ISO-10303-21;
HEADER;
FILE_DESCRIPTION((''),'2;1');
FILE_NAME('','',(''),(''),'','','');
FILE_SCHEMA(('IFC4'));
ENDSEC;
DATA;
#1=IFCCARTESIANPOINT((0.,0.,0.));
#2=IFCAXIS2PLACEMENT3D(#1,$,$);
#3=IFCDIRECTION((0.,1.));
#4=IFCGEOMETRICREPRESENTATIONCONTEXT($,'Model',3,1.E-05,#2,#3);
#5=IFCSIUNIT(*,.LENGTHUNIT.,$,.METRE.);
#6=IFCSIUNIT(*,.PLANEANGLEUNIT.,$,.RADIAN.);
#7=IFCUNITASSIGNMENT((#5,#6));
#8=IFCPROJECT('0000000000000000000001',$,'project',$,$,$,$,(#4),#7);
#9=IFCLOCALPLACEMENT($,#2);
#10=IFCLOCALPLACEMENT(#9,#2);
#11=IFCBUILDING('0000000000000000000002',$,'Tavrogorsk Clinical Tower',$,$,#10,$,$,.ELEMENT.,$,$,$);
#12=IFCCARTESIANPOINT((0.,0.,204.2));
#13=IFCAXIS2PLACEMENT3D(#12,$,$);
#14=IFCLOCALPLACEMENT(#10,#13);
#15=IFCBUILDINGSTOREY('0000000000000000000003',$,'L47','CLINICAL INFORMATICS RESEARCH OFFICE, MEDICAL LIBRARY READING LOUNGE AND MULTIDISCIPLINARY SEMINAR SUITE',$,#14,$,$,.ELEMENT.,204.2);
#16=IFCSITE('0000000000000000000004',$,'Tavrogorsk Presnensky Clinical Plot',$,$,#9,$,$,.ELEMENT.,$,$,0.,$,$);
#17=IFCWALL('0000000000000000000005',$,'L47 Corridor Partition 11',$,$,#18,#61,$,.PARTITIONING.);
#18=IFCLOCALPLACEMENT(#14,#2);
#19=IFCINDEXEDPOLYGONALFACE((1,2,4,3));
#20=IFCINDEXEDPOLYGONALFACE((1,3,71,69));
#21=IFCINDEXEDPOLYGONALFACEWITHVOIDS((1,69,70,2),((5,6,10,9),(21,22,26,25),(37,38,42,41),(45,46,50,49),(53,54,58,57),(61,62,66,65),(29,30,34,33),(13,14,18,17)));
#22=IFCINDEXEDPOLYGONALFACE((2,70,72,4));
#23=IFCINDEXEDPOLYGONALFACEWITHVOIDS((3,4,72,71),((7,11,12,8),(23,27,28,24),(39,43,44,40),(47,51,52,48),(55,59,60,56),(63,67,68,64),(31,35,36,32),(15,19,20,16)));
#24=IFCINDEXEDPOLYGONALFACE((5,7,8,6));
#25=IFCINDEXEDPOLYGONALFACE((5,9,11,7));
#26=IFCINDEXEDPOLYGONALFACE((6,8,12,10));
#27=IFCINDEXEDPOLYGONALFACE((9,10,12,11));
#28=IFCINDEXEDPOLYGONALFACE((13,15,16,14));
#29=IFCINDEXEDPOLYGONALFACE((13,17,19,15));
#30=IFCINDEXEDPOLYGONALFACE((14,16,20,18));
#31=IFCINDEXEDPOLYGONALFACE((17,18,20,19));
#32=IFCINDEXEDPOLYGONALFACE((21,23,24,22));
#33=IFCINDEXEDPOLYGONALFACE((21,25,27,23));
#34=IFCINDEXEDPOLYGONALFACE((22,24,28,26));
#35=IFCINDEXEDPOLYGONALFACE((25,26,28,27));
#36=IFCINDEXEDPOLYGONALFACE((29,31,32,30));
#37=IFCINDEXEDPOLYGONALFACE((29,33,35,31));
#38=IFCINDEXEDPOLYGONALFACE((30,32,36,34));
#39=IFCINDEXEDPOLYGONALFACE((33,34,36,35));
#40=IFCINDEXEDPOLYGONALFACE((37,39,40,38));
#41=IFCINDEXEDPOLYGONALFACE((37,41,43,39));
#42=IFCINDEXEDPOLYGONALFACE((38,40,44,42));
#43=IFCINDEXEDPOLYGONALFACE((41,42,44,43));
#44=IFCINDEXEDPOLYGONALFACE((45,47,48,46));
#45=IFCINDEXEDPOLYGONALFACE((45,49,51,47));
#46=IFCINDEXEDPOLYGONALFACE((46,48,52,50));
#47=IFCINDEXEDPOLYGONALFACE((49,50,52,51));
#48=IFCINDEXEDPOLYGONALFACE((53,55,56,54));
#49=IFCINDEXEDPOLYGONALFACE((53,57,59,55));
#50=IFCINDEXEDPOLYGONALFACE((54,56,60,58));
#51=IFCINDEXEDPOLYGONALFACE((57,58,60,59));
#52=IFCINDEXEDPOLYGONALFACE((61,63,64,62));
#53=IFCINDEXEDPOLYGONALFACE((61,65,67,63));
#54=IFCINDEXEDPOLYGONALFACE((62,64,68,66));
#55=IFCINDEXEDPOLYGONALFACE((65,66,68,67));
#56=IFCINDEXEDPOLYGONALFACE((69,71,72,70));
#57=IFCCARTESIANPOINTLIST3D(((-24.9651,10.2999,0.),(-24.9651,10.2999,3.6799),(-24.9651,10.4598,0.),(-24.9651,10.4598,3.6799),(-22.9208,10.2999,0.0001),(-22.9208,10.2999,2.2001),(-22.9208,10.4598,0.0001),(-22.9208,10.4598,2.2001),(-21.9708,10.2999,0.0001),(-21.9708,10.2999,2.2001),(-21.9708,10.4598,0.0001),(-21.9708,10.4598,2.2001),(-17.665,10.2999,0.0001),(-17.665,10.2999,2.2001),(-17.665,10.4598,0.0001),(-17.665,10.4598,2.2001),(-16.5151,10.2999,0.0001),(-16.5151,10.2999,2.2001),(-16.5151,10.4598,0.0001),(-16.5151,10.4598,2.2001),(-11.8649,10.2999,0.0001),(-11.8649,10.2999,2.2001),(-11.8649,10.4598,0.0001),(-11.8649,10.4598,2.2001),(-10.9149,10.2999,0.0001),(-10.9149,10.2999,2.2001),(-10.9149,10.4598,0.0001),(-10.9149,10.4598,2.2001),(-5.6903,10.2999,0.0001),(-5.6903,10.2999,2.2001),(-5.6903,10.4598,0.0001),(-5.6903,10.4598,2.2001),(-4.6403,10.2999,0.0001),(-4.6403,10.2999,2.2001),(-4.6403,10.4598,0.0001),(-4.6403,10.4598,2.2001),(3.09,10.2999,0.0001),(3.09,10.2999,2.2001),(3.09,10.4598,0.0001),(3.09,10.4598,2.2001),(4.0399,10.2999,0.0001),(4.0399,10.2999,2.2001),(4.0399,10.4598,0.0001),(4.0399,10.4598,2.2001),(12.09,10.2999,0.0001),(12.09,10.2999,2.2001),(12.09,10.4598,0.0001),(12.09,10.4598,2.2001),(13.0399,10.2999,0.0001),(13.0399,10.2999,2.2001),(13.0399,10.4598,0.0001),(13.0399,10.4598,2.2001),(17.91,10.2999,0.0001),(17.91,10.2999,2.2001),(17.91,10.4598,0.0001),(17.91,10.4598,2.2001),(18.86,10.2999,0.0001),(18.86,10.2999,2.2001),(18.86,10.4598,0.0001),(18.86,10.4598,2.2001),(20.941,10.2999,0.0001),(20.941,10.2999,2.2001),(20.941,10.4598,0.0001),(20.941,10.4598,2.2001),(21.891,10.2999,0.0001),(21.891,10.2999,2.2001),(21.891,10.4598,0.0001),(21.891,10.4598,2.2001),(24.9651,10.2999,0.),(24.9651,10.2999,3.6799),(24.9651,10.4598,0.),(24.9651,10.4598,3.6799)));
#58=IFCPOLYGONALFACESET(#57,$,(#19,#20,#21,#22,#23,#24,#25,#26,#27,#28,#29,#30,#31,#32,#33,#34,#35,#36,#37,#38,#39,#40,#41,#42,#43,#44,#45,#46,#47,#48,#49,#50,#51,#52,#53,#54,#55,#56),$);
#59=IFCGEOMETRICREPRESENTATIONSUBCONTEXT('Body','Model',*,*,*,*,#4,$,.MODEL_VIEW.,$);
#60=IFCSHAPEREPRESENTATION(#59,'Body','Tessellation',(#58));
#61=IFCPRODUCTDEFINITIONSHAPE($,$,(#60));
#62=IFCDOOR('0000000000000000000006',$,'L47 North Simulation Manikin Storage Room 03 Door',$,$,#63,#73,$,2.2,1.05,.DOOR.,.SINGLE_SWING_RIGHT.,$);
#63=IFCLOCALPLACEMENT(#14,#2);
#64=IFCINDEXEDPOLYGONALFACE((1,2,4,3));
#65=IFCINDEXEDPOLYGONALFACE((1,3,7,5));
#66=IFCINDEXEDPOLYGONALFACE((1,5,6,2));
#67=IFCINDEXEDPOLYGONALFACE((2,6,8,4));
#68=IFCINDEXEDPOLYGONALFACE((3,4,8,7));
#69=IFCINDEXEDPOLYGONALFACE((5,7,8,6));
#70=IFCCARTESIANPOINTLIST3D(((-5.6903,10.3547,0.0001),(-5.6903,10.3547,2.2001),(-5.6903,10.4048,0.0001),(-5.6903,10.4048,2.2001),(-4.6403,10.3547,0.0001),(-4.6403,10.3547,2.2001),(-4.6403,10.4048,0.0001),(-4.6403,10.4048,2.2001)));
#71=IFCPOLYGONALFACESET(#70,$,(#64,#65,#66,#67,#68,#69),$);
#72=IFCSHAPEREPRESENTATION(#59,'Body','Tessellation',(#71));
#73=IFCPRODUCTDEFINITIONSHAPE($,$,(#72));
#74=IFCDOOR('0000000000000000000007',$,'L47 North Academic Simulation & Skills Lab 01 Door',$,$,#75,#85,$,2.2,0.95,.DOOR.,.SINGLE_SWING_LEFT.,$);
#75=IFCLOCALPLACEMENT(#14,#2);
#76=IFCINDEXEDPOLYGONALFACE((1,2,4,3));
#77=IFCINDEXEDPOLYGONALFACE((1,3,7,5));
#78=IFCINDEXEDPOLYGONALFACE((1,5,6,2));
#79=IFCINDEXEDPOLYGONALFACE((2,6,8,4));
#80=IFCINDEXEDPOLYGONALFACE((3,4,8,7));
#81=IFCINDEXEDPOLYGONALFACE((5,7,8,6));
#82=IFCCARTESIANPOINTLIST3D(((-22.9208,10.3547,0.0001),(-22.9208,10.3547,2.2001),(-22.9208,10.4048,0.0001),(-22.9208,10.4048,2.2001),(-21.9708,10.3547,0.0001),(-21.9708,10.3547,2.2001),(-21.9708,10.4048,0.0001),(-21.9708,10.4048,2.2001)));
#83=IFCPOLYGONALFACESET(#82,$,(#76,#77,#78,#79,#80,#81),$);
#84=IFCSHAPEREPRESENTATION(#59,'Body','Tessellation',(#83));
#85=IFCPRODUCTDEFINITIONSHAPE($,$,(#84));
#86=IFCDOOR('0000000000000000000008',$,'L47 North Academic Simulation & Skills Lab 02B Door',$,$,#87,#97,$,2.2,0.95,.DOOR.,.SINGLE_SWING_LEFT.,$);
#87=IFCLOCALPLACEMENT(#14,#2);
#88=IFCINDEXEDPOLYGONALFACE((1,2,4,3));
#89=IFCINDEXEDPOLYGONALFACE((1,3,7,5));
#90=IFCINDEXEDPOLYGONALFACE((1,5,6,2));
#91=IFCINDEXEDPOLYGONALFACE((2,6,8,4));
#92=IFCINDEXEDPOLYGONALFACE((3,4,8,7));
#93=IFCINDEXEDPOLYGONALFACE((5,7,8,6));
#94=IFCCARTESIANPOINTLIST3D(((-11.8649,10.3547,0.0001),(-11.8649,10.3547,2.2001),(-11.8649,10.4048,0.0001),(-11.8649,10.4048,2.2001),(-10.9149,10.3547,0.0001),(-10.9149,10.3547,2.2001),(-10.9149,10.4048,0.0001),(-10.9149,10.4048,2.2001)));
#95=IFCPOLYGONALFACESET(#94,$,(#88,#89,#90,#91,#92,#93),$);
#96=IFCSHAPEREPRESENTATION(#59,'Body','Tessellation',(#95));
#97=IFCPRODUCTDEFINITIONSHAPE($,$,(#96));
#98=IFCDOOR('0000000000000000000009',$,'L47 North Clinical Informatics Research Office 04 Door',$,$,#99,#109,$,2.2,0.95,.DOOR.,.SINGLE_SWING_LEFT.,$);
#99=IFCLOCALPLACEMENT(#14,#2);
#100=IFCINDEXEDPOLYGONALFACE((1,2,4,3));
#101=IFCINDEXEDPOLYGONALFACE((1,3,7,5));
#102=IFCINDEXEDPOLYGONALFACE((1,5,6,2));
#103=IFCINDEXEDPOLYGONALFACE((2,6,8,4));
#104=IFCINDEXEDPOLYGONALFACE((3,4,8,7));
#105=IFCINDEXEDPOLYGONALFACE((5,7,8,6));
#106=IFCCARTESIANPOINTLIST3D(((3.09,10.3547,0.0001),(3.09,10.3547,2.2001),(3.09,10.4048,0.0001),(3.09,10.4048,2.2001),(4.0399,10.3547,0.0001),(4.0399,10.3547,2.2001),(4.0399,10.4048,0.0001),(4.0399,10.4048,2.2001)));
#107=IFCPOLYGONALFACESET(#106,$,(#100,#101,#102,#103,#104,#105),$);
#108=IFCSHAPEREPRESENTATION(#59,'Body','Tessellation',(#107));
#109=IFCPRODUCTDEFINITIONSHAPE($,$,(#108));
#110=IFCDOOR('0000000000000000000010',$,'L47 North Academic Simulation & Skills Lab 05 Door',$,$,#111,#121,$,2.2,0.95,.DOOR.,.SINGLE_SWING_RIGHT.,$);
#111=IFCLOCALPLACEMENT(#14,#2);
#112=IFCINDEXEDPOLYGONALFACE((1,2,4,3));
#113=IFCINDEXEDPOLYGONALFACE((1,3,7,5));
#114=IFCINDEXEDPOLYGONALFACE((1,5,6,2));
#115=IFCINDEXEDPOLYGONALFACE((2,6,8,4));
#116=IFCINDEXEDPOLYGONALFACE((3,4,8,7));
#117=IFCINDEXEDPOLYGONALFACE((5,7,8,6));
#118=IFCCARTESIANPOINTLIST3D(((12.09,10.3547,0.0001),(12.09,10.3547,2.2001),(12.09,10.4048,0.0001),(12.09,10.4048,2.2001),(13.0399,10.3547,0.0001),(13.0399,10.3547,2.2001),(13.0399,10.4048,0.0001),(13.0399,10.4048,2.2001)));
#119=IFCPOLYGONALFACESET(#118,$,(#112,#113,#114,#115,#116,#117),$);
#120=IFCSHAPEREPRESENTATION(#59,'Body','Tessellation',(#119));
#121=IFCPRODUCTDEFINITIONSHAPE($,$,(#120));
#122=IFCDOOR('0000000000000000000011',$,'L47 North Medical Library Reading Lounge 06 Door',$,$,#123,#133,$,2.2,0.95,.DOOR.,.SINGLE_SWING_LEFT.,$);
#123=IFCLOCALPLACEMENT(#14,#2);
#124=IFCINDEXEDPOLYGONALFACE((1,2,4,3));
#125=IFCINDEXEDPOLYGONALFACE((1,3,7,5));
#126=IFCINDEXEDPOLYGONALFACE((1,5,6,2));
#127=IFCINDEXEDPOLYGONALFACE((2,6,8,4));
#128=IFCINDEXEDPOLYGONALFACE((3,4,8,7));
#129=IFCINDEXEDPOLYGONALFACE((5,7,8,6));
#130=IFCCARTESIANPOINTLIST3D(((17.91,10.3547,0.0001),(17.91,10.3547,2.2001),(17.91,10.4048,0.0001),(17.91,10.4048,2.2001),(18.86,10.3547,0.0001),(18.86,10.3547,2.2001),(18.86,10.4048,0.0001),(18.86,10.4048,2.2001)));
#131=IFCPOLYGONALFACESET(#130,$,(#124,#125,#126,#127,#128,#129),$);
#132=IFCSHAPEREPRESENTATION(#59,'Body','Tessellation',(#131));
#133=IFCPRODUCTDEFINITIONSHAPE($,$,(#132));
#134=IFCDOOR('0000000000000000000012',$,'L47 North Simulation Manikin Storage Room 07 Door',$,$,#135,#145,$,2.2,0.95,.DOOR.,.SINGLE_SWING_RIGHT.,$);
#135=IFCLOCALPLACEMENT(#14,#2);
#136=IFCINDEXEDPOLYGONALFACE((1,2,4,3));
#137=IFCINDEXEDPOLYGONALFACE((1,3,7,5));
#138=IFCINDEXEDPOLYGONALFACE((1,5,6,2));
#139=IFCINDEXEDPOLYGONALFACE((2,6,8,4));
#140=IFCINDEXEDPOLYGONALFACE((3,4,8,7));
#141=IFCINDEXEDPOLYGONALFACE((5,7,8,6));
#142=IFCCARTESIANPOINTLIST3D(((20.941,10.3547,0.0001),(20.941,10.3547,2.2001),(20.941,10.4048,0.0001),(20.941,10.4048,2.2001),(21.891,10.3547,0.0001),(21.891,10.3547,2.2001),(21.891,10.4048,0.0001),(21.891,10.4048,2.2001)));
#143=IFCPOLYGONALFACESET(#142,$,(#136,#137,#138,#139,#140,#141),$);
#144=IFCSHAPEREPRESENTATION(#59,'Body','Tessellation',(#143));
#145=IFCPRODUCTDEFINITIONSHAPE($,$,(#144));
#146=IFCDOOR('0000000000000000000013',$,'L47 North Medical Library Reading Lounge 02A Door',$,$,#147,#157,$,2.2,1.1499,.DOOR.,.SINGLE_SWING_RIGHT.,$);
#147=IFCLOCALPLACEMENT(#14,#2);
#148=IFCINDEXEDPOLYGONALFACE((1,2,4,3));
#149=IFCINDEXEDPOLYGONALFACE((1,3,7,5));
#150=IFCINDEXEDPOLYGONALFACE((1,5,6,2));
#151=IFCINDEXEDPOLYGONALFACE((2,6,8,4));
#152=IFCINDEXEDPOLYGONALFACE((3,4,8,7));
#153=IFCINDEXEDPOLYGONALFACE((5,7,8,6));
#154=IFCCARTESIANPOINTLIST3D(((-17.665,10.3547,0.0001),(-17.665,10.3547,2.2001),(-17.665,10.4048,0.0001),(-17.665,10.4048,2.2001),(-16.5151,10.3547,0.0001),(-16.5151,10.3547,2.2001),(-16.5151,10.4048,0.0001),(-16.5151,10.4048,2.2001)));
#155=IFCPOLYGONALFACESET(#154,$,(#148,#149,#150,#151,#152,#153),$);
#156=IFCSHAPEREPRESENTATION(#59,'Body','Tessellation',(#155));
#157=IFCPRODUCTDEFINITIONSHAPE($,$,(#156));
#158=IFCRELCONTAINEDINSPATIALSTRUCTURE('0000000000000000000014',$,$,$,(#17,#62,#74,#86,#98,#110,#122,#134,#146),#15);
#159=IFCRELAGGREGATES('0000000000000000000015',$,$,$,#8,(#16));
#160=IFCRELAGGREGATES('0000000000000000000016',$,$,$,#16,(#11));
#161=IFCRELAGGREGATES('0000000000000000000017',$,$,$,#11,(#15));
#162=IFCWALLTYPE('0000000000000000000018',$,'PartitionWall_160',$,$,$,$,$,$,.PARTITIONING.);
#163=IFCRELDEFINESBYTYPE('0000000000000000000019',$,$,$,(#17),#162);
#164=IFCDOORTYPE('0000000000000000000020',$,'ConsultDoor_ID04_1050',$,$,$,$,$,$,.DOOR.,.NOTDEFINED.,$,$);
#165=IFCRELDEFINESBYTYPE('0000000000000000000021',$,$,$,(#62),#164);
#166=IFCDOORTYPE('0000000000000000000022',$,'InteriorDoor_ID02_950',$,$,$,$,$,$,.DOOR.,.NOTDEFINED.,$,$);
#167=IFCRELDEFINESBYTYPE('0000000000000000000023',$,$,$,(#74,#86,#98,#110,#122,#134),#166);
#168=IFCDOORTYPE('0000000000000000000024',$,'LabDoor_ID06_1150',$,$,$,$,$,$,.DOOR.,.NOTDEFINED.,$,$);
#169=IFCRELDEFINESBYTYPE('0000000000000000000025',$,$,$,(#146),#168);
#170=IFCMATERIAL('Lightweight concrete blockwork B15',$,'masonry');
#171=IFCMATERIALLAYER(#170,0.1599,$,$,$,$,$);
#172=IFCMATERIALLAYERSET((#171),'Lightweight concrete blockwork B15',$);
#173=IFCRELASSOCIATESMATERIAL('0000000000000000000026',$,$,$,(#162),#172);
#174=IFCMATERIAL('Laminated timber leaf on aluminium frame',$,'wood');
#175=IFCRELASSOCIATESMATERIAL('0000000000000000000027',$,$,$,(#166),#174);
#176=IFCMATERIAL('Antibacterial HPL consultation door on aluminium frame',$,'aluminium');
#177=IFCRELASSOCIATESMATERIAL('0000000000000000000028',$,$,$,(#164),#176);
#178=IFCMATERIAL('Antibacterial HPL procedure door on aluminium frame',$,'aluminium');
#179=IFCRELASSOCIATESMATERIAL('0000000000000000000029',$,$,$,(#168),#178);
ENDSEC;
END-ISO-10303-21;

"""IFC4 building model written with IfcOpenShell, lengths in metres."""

from ifc_helpers import new_model, si_unit, direction, frame, frame_2d, origin, place, context, subcontext, project, spatial, rectangle, extrude, material, layer, layer_set, type_object, element, fill, save


model = new_model("IFC4")

# Units and contexts
model_context = context("Model", 3, precision=1e-05, world=origin(), true_north=direction((0.0, 1.0)))
body_context = subcontext(model_context, "Body", "Model", "MODEL_VIEW")
ifc_project = project(units=[si_unit("LENGTHUNIT", "METRE"), si_unit("PLANEANGLEUNIT", "RADIAN")], contexts=[model_context])

# Site, building, storey
site_placement = place(None, origin())
site = spatial("IfcSite", under=ifc_project, at=site_placement, Name="Tavrogorsk Presnensky Clinical Plot", CompositionType="ELEMENT", RefElevation=0.0)
building_placement = place(site_placement, origin())
building = spatial("IfcBuilding", under=site, at=building_placement, Name="Tavrogorsk Clinical Tower", CompositionType="ELEMENT")
storey_placement = place(building_placement, frame((0.0, 0.0, 204.2)))
storey = spatial("IfcBuildingStorey", under=building, at=storey_placement, Name="L47", Description="CLINICAL INFORMATICS RESEARCH OFFICE, MEDICAL LIBRARY READING LOUNGE AND MULTIDISCIPLINARY SEMINAR SUITE", CompositionType="ELEMENT", Elevation=204.2)

# Shared definitions
ifc_material_1 = material(Name="Lightweight concrete blockwork B15", Category="masonry")
ifc_layer_1 = layer(ifc_material_1, 0.1599)
ifc_layer_set_1 = layer_set([ifc_layer_1], Name="Lightweight concrete blockwork B15")
wall_type_1 = type_object("IfcWallType", Name="PartitionWall_160", PredefinedType="PARTITIONING", material=ifc_layer_set_1)

# Shared definitions
ifc_material_2 = material(Name="Laminated timber leaf on aluminium frame", Category="wood")
door_type_1 = type_object("IfcDoorType", Name="InteriorDoor_ID02_950", OperationType="NOTDEFINED", PredefinedType="DOOR", material=ifc_material_2)

# Wall, openings, doors
wall_1_placement = place(storey_placement, frame((-24.9651, 10.3799, 0.0), z_axis=(0.0, 0.0, 1.0), x_axis=(1.0, 0.0, 0.0)))
wall_1 = element("IfcWall", 1, at=wall_1_placement, inside=storey, type_object=wall_type_1, Name="L47 Corridor Partition 11", PredefinedType="PARTITIONING", context=body_context, shape_type="SweptSolid", body=[
    extrude(rectangle(XDim=49.9302, YDim=0.1599, at=frame_2d((24.9651, 0.0))), origin(), (0.0, 0.0, 1.0), 3.6799),
])
opening_1_placement = place(wall_1_placement, frame((2.0442, 0.0, 0.0)))
opening_1 = element("IfcOpeningElement", 2, at=opening_1_placement, cuts=wall_1, PredefinedType="OPENING", context=body_context, shape_type="SweptSolid", body=[
    extrude(rectangle(XDim=0.95, YDim=2.2, at=frame_2d((0.4751, 1.1001))), frame((0.0, 0.0898, 0.0), z_axis=(0.0, -1.0, 0.0), x_axis=(1.0, 0.0, 0.0)), (0.0, 0.0, 1.0), 0.1799),
])
opening_2_placement = place(wall_1_placement, frame((7.3, 0.0, 0.0)))
opening_2 = element("IfcOpeningElement", 3, at=opening_2_placement, cuts=wall_1, PredefinedType="OPENING", context=body_context, shape_type="SweptSolid", body=[
    extrude(rectangle(XDim=1.1499, YDim=2.2, at=frame_2d((0.575, 1.1001))), frame((0.0, 0.0898, 0.0), z_axis=(0.0, -1.0, 0.0), x_axis=(1.0, 0.0, 0.0)), (0.0, 0.0, 1.0), 0.1799),
])
opening_3_placement = place(wall_1_placement, frame((13.1001, 0.0, 0.0)))
opening_3 = element("IfcOpeningElement", 4, at=opening_3_placement, cuts=wall_1, PredefinedType="OPENING", context=body_context, shape_type="SweptSolid", body=[
    extrude(rectangle(XDim=0.95, YDim=2.2, at=frame_2d((0.4751, 1.1001))), frame((0.0, 0.0898, 0.0), z_axis=(0.0, -1.0, 0.0), x_axis=(1.0, 0.0, 0.0)), (0.0, 0.0, 1.0), 0.1799),
])
opening_4_placement = place(wall_1_placement, frame((19.2749, 0.0, 0.0)))
opening_4 = element("IfcOpeningElement", 5, at=opening_4_placement, cuts=wall_1, PredefinedType="OPENING", context=body_context, shape_type="SweptSolid", body=[
    extrude(rectangle(XDim=1.05, YDim=2.2, at=frame_2d((0.5249, 1.1001))), frame((0.0, 0.0898, 0.0), z_axis=(0.0, -1.0, 0.0), x_axis=(1.0, 0.0, 0.0)), (0.0, 0.0, 1.0), 0.1799),
])
opening_5_placement = place(wall_1_placement, frame((28.0549, 0.0, 0.0)))
opening_5 = element("IfcOpeningElement", 6, at=opening_5_placement, cuts=wall_1, PredefinedType="OPENING", context=body_context, shape_type="SweptSolid", body=[
    extrude(rectangle(XDim=0.95, YDim=2.2, at=frame_2d((0.4751, 1.1001))), frame((0.0, 0.0898, 0.0), z_axis=(0.0, -1.0, 0.0), x_axis=(1.0, 0.0, 0.0)), (0.0, 0.0, 1.0), 0.1799),
])
opening_6_placement = place(wall_1_placement, frame((37.0549, 0.0, 0.0)))
opening_6 = element("IfcOpeningElement", 7, at=opening_6_placement, cuts=wall_1, PredefinedType="OPENING", context=body_context, shape_type="SweptSolid", body=[
    extrude(rectangle(XDim=0.95, YDim=2.2, at=frame_2d((0.4751, 1.1001))), frame((0.0, 0.0898, 0.0), z_axis=(0.0, -1.0, 0.0), x_axis=(1.0, 0.0, 0.0)), (0.0, 0.0, 1.0), 0.1799),
])
opening_7_placement = place(wall_1_placement, frame((42.875, 0.0, 0.0)))
opening_7 = element("IfcOpeningElement", 8, at=opening_7_placement, cuts=wall_1, PredefinedType="OPENING", context=body_context, shape_type="SweptSolid", body=[
    extrude(rectangle(XDim=0.95, YDim=2.2, at=frame_2d((0.4751, 1.1001))), frame((0.0, 0.0898, 0.0), z_axis=(0.0, -1.0, 0.0), x_axis=(1.0, 0.0, 0.0)), (0.0, 0.0, 1.0), 0.1799),
])
opening_8_placement = place(wall_1_placement, frame((45.906, 0.0, 0.0)))
opening_8 = element("IfcOpeningElement", 9, at=opening_8_placement, cuts=wall_1, PredefinedType="OPENING", context=body_context, shape_type="SweptSolid", body=[
    extrude(rectangle(XDim=0.95, YDim=2.2, at=frame_2d((0.4751, 1.1001))), frame((0.0, 0.0898, 0.0), z_axis=(0.0, -1.0, 0.0), x_axis=(1.0, 0.0, 0.0)), (0.0, 0.0, 1.0), 0.1799),
])
ifc_material_3 = material(Name="Antibacterial HPL consultation door on aluminium frame", Category="aluminium")
door_type_2 = type_object("IfcDoorType", Name="ConsultDoor_ID04_1050", OperationType="NOTDEFINED", PredefinedType="DOOR", material=ifc_material_3)
door_1_placement = place(opening_4_placement, origin())
door_1 = element("IfcDoor", 10, at=door_1_placement, inside=storey, type_object=door_type_2, Name="L47 North Simulation Manikin Storage Room 03 Door", OperationType="SINGLE_SWING_RIGHT", OverallHeight=2.2, OverallWidth=1.05, PredefinedType="DOOR", context=body_context, shape_type="SweptSolid", body=[
    extrude(rectangle(XDim=1.05, YDim=2.2, at=frame_2d((0.5249, 1.1001))), frame((0.0, 0.0249, 0.0), z_axis=(0.0, -1.0, 0.0), x_axis=(1.0, 0.0, 0.0)), (0.0, 0.0, 1.0), 0.05),
])
fill(opening_4, door_1)
door_2_placement = place(opening_1_placement, origin())
door_2 = element("IfcDoor", 11, at=door_2_placement, inside=storey, type_object=door_type_1, Name="L47 North Academic Simulation & Skills Lab 01 Door", OperationType="SINGLE_SWING_LEFT", OverallHeight=2.2, OverallWidth=0.95, PredefinedType="DOOR", context=body_context, shape_type="SweptSolid", body=[
    extrude(rectangle(XDim=0.95, YDim=2.2, at=frame_2d((0.4751, 1.1001))), frame((0.0, 0.0249, 0.0), z_axis=(0.0, -1.0, 0.0), x_axis=(1.0, 0.0, 0.0)), (0.0, 0.0, 1.0), 0.05),
])
fill(opening_1, door_2)
door_3_placement = place(opening_3_placement, origin())
door_3 = element("IfcDoor", 12, at=door_3_placement, inside=storey, type_object=door_type_1, Name="L47 North Academic Simulation & Skills Lab 02B Door", OperationType="SINGLE_SWING_LEFT", OverallHeight=2.2, OverallWidth=0.95, PredefinedType="DOOR", context=body_context, shape_type="SweptSolid", body=[
    extrude(rectangle(XDim=0.95, YDim=2.2, at=frame_2d((0.4751, 1.1001))), frame((0.0, 0.0249, 0.0), z_axis=(0.0, -1.0, 0.0), x_axis=(1.0, 0.0, 0.0)), (0.0, 0.0, 1.0), 0.05),
])
fill(opening_3, door_3)
door_4_placement = place(opening_5_placement, origin())
door_4 = element("IfcDoor", 13, at=door_4_placement, inside=storey, type_object=door_type_1, Name="L47 North Clinical Informatics Research Office 04 Door", OperationType="SINGLE_SWING_LEFT", OverallHeight=2.2, OverallWidth=0.95, PredefinedType="DOOR", context=body_context, shape_type="SweptSolid", body=[
    extrude(rectangle(XDim=0.95, YDim=2.2, at=frame_2d((0.4751, 1.1001))), frame((0.0, 0.0249, 0.0), z_axis=(0.0, -1.0, 0.0), x_axis=(1.0, 0.0, 0.0)), (0.0, 0.0, 1.0), 0.05),
])
fill(opening_5, door_4)
door_5_placement = place(opening_6_placement, origin())
door_5 = element("IfcDoor", 14, at=door_5_placement, inside=storey, type_object=door_type_1, Name="L47 North Academic Simulation & Skills Lab 05 Door", OperationType="SINGLE_SWING_RIGHT", OverallHeight=2.2, OverallWidth=0.95, PredefinedType="DOOR", context=body_context, shape_type="SweptSolid", body=[
    extrude(rectangle(XDim=0.95, YDim=2.2, at=frame_2d((0.4751, 1.1001))), frame((0.0, 0.0249, 0.0), z_axis=(0.0, -1.0, 0.0), x_axis=(1.0, 0.0, 0.0)), (0.0, 0.0, 1.0), 0.05),
])
fill(opening_6, door_5)
door_6_placement = place(opening_7_placement, origin())
door_6 = element("IfcDoor", 15, at=door_6_placement, inside=storey, type_object=door_type_1, Name="L47 North Medical Library Reading Lounge 06 Door", OperationType="SINGLE_SWING_LEFT", OverallHeight=2.2, OverallWidth=0.95, PredefinedType="DOOR", context=body_context, shape_type="SweptSolid", body=[
    extrude(rectangle(XDim=0.95, YDim=2.2, at=frame_2d((0.4751, 1.1001))), frame((0.0, 0.0249, 0.0), z_axis=(0.0, -1.0, 0.0), x_axis=(1.0, 0.0, 0.0)), (0.0, 0.0, 1.0), 0.05),
])
fill(opening_7, door_6)
door_7_placement = place(opening_8_placement, origin())
door_7 = element("IfcDoor", 16, at=door_7_placement, inside=storey, type_object=door_type_1, Name="L47 North Simulation Manikin Storage Room 07 Door", OperationType="SINGLE_SWING_RIGHT", OverallHeight=2.2, OverallWidth=0.95, PredefinedType="DOOR", context=body_context, shape_type="SweptSolid", body=[
    extrude(rectangle(XDim=0.95, YDim=2.2, at=frame_2d((0.4751, 1.1001))), frame((0.0, 0.0249, 0.0), z_axis=(0.0, -1.0, 0.0), x_axis=(1.0, 0.0, 0.0)), (0.0, 0.0, 1.0), 0.05),
])
fill(opening_8, door_7)
ifc_material_4 = material(Name="Antibacterial HPL procedure door on aluminium frame", Category="aluminium")
door_type_3 = type_object("IfcDoorType", Name="LabDoor_ID06_1150", OperationType="NOTDEFINED", PredefinedType="DOOR", material=ifc_material_4)
door_8_placement = place(opening_2_placement, origin())
door_8 = element("IfcDoor", 17, at=door_8_placement, inside=storey, type_object=door_type_3, Name="L47 North Medical Library Reading Lounge 02A Door", OperationType="SINGLE_SWING_RIGHT", OverallHeight=2.2, OverallWidth=1.1499, PredefinedType="DOOR", context=body_context, shape_type="SweptSolid", body=[
    extrude(rectangle(XDim=1.1499, YDim=2.2, at=frame_2d((0.575, 1.1001))), frame((0.0, 0.0249, 0.0), z_axis=(0.0, -1.0, 0.0), x_axis=(1.0, 0.0, 0.0)), (0.0, 0.0, 1.0), 0.05),
])
fill(opening_2, door_8)

save(model, "model.ifc")
